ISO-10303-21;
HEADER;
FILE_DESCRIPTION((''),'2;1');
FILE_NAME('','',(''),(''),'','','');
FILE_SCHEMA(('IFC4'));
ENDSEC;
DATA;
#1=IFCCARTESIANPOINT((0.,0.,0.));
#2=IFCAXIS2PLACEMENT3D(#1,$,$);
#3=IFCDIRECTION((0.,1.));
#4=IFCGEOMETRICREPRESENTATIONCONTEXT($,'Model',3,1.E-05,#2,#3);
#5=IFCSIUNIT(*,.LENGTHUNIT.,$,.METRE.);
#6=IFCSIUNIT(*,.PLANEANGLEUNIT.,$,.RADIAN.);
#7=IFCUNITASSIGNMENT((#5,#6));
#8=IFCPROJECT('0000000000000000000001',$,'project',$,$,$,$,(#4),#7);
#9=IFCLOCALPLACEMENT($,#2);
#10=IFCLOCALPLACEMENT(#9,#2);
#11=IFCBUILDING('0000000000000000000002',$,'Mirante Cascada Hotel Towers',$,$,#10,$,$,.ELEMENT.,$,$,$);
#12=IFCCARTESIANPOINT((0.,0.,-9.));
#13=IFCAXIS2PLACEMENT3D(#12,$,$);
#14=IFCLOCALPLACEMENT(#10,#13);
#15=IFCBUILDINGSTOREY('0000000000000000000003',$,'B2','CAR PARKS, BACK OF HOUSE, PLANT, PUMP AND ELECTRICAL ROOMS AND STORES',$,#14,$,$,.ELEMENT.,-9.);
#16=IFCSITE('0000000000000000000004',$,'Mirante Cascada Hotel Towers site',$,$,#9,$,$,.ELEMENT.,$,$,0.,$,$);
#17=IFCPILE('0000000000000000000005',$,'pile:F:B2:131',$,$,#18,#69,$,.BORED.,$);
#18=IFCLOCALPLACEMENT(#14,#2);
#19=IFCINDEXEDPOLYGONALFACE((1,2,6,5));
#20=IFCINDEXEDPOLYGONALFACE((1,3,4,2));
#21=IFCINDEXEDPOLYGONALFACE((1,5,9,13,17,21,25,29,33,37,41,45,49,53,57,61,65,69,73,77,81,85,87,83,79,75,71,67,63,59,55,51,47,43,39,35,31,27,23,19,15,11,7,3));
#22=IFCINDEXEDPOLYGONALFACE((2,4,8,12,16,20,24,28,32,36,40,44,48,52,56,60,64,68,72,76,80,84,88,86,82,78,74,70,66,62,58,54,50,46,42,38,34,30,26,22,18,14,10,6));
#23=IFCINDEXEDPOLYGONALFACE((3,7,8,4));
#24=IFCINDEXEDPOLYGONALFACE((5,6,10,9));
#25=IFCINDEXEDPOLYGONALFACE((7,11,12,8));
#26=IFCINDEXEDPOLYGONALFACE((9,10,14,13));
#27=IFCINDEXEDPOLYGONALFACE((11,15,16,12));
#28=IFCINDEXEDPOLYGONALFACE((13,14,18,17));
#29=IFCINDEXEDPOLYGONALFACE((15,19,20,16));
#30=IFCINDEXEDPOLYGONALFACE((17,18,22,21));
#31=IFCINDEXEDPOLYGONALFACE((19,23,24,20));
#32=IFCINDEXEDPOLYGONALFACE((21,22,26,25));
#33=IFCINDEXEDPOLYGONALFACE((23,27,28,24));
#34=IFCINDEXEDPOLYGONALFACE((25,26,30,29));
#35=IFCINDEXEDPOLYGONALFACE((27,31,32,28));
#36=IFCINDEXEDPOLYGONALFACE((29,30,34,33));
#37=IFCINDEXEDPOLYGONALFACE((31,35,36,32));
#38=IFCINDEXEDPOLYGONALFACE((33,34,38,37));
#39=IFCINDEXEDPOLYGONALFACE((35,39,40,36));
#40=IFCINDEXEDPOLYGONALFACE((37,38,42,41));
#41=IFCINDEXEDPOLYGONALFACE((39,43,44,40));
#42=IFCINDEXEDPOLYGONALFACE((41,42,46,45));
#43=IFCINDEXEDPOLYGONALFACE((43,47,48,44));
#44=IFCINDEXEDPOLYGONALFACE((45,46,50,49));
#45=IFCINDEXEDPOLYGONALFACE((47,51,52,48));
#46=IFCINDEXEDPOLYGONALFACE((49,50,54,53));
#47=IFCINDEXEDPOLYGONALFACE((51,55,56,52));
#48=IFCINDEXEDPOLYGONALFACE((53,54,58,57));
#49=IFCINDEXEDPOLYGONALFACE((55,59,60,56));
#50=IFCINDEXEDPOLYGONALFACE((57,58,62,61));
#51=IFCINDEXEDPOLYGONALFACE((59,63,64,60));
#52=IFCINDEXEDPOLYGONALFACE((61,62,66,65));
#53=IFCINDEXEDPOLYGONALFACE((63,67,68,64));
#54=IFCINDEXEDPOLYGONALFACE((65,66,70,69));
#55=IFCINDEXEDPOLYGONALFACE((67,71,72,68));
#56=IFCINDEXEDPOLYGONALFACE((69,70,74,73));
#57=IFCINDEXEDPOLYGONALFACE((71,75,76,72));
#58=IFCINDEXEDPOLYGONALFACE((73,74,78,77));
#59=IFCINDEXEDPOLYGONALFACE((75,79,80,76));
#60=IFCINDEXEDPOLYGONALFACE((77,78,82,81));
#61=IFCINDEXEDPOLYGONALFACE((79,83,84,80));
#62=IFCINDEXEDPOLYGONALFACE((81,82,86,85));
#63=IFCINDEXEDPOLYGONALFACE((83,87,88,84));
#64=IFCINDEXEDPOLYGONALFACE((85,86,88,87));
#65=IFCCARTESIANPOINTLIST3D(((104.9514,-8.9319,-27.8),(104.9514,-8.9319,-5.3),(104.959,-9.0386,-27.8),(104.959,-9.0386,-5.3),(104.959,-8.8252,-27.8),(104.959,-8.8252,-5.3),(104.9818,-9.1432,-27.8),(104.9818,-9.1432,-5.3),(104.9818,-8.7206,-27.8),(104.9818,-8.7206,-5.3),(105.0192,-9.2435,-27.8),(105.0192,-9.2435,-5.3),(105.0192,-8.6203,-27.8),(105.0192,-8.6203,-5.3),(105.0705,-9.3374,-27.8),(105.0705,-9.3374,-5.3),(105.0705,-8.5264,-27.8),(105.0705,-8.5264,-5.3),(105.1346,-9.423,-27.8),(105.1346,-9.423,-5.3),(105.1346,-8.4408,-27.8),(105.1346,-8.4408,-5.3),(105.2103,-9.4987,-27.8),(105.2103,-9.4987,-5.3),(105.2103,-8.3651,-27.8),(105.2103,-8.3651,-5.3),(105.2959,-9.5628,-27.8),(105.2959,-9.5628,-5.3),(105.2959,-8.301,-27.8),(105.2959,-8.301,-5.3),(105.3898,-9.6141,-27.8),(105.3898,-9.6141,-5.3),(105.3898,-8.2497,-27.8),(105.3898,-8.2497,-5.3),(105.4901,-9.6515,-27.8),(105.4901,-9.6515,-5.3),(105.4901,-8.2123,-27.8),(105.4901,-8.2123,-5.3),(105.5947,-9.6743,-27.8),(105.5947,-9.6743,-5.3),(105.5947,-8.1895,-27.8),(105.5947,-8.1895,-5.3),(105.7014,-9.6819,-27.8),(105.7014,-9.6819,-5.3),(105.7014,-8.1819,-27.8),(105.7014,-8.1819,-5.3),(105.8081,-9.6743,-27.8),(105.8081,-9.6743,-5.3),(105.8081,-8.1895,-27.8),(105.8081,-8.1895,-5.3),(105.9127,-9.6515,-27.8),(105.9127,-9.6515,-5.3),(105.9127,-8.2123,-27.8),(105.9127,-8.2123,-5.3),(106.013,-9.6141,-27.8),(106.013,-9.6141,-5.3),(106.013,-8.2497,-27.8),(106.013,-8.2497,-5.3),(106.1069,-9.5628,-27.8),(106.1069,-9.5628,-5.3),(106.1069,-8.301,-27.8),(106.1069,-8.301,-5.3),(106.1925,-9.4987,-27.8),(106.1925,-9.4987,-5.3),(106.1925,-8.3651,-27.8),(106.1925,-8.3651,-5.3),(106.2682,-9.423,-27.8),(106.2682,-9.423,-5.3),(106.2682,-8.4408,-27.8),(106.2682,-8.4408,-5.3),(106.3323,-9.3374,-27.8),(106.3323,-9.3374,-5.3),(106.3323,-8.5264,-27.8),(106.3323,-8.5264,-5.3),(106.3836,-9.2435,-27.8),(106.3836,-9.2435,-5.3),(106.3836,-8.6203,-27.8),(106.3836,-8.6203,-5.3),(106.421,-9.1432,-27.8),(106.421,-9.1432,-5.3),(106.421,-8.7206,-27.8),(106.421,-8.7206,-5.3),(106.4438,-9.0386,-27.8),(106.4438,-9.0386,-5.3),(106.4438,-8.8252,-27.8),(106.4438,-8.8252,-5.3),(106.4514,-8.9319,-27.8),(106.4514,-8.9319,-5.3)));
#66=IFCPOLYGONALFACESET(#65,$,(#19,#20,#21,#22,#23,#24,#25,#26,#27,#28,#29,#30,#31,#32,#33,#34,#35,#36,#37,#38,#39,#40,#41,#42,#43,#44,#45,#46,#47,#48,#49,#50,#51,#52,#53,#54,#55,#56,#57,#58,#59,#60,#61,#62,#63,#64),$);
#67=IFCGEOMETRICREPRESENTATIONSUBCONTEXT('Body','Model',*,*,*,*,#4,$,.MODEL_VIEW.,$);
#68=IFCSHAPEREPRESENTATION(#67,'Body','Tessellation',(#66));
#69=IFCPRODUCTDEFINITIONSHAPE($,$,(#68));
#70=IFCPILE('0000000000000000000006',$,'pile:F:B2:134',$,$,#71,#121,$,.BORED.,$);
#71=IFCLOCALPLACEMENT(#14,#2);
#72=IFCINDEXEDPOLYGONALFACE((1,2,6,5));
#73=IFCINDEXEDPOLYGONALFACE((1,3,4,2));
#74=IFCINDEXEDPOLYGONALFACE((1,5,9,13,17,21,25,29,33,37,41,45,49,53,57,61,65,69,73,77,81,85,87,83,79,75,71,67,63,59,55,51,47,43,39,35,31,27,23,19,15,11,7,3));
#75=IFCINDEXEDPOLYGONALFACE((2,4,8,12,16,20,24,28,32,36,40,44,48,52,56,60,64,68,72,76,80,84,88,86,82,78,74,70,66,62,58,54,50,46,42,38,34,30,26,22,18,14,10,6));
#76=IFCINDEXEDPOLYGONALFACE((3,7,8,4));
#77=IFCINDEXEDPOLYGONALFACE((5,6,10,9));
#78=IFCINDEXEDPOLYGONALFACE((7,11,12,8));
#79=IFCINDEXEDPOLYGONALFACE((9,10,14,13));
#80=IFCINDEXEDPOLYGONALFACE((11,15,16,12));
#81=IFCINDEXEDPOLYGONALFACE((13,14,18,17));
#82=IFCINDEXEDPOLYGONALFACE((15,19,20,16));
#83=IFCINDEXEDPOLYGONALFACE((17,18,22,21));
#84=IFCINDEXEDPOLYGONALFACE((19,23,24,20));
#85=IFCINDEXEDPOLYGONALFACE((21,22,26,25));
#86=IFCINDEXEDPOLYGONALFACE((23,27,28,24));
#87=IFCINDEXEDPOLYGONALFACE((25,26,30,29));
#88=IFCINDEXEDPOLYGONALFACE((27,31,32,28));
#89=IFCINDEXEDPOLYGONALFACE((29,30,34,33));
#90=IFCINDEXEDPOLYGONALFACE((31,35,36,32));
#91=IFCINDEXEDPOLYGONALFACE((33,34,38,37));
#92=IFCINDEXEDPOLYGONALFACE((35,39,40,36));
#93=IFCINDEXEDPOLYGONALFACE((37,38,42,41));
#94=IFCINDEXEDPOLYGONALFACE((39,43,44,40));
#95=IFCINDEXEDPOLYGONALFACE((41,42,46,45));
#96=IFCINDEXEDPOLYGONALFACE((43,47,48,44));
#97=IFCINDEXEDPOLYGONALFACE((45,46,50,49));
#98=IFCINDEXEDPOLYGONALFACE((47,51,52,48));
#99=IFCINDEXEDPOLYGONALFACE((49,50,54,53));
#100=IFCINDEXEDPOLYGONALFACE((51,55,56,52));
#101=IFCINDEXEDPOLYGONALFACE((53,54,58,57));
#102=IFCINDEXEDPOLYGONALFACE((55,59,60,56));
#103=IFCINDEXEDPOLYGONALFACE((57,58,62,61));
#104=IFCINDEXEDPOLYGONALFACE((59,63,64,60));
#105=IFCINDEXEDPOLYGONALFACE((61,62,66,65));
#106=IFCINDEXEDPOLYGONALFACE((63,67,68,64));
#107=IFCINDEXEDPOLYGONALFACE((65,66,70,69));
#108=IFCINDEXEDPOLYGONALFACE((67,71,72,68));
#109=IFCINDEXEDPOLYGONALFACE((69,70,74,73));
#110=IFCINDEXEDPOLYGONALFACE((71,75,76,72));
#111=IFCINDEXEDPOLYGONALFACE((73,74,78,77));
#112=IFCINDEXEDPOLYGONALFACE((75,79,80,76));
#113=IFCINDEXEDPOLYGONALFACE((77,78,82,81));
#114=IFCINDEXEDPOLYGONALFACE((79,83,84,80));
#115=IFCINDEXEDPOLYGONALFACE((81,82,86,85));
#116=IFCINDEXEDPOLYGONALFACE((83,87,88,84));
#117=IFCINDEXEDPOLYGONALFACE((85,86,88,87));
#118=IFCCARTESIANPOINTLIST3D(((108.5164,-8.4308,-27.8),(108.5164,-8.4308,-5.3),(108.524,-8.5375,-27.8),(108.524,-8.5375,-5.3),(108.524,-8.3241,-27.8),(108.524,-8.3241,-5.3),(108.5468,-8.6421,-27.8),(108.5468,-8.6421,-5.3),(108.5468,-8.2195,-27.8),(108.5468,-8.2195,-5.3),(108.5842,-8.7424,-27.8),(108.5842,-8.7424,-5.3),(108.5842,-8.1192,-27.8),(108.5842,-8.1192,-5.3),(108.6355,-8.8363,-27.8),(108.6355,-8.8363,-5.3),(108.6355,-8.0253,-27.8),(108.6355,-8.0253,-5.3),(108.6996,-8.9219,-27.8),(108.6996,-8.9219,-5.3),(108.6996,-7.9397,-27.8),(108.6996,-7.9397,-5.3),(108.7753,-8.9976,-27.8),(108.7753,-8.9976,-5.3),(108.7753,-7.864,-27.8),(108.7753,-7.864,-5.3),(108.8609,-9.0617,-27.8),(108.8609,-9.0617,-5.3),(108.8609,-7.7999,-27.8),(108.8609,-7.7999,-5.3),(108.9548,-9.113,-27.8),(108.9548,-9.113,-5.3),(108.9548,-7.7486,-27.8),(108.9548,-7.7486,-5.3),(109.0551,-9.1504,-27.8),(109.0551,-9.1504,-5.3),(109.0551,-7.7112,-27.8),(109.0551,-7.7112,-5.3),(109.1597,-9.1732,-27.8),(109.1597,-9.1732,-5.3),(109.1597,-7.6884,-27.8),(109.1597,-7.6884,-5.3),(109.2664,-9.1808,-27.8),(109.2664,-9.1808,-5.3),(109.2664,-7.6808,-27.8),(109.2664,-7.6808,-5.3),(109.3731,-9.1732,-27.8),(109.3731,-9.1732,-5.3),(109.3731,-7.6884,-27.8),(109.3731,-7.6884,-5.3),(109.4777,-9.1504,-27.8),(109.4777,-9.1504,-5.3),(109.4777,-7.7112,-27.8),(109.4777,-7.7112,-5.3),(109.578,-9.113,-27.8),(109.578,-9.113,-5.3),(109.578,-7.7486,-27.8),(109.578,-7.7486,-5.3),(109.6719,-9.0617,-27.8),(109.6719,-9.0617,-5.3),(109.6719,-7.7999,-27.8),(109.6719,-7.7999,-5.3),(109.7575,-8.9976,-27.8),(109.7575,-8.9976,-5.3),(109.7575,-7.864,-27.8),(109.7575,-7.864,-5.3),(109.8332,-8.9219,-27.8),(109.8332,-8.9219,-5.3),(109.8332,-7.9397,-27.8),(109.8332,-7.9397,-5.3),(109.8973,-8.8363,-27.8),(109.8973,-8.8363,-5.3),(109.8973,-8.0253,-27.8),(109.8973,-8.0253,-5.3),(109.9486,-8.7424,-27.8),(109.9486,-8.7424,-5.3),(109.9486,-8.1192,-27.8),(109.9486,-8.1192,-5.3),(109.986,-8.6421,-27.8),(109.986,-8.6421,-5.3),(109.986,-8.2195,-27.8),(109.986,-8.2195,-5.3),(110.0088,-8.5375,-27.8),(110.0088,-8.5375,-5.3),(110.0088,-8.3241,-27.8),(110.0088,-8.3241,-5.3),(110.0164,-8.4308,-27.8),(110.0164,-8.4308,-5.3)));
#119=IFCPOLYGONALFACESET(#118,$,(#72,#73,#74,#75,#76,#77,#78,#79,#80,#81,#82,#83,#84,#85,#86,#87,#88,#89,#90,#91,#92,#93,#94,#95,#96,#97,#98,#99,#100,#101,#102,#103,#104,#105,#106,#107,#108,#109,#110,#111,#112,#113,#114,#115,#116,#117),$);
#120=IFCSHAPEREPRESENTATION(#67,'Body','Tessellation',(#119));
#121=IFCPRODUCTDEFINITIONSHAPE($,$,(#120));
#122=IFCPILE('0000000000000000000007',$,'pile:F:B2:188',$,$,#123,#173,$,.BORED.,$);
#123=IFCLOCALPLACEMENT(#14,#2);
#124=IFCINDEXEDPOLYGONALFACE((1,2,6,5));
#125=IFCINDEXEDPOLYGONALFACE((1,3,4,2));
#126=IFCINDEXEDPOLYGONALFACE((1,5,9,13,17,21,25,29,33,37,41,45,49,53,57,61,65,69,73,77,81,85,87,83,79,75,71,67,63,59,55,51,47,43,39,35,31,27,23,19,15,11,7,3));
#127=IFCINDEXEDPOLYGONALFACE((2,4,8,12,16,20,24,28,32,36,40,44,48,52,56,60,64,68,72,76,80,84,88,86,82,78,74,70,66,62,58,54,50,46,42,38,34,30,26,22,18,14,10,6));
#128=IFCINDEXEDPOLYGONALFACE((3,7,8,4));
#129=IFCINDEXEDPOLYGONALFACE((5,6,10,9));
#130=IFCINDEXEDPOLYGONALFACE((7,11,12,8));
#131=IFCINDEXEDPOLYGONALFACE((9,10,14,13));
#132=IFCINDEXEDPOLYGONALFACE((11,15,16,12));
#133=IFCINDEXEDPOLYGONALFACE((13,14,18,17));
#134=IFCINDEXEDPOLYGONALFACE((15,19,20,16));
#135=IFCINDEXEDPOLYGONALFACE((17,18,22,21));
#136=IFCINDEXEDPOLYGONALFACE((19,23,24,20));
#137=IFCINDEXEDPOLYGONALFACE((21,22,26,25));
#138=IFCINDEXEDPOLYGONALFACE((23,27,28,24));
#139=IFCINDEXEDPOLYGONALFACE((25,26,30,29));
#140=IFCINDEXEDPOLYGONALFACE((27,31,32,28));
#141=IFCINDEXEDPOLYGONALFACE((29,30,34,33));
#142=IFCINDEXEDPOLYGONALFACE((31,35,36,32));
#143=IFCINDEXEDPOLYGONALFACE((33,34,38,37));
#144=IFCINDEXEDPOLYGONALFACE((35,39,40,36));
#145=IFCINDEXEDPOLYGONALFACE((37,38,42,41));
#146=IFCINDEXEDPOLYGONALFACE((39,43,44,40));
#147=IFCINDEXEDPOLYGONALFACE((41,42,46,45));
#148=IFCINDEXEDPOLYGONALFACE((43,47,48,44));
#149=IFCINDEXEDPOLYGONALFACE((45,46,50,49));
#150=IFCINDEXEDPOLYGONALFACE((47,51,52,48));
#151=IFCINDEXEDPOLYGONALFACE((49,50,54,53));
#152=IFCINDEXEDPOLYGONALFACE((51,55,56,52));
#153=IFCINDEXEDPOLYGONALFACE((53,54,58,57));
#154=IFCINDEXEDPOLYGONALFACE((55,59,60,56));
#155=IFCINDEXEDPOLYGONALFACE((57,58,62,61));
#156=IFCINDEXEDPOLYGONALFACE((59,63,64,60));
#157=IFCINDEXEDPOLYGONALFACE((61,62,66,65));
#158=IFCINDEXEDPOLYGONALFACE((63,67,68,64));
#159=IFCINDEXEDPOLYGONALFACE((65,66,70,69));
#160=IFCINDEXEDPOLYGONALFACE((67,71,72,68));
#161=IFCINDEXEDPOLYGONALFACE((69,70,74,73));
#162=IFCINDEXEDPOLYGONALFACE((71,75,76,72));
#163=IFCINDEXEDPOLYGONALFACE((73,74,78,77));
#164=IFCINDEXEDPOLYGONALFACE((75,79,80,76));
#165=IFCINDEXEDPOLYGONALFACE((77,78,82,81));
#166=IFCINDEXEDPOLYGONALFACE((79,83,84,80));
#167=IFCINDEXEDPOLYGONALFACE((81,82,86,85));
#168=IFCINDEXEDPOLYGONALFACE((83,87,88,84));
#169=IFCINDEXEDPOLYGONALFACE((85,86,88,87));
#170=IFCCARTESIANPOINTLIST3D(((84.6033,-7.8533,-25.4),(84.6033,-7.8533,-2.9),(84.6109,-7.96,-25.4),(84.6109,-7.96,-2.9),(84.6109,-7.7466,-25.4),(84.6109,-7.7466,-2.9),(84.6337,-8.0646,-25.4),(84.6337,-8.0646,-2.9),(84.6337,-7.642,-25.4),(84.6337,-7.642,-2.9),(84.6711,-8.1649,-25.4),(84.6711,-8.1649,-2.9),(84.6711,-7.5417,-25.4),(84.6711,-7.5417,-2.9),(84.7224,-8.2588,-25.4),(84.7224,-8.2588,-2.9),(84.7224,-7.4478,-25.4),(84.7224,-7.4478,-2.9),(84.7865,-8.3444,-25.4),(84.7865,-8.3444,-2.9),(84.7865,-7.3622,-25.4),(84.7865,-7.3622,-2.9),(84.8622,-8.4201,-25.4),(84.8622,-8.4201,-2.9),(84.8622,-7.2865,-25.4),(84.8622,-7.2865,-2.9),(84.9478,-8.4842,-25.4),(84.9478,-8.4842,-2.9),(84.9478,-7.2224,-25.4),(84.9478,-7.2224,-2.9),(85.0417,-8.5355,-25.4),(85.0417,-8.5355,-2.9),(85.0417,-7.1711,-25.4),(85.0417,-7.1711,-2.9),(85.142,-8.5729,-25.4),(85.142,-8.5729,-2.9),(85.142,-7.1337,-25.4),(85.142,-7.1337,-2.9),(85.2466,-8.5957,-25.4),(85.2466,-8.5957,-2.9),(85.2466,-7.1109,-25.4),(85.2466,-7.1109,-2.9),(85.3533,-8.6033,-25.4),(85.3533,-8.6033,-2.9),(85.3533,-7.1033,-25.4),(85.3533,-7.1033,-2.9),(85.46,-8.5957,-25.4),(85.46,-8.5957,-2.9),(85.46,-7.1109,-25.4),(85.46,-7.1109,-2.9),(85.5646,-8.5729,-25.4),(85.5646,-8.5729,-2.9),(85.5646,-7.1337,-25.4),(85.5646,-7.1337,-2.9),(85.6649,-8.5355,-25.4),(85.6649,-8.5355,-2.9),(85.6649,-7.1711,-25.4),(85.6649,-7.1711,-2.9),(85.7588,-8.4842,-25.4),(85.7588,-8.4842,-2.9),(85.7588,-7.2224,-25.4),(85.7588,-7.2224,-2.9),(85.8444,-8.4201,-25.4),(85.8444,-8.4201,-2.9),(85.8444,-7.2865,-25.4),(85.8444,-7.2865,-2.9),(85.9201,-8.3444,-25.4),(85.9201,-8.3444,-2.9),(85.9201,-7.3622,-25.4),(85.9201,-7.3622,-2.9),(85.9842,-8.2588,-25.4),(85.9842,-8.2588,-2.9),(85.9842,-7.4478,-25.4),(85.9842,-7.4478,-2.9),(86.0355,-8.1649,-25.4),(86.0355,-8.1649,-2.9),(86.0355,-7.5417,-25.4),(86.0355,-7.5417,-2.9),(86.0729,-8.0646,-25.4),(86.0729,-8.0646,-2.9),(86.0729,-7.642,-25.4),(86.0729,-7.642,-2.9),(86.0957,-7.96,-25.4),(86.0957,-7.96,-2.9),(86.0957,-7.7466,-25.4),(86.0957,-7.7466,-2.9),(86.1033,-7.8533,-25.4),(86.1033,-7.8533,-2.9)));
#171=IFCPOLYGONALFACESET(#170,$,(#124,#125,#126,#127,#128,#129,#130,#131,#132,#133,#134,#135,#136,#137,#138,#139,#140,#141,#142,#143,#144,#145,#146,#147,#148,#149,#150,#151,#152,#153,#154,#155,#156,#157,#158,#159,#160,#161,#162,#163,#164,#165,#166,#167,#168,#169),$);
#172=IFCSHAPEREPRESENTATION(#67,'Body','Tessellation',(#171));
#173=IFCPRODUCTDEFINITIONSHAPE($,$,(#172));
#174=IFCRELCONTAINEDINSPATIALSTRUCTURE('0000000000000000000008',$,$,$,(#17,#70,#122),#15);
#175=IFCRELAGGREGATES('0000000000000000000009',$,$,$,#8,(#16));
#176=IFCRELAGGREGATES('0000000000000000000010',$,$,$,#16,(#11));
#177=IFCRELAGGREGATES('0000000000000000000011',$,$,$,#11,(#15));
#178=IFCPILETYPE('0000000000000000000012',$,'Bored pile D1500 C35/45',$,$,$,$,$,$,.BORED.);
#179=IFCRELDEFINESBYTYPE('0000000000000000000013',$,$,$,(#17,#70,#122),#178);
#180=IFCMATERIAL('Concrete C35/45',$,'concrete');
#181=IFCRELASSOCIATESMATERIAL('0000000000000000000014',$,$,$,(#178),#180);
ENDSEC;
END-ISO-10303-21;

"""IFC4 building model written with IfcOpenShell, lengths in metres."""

from ifc_helpers import new_model, si_unit, direction, frame, origin, origin_2d, place, context, subcontext, project, spatial, circle, extrude, material, material_profile, profile_set, type_object, element, save


model = new_model("IFC4")

# Units and contexts
model_context = context("Model", 3, precision=1e-05, world=origin(), true_north=direction((0.0, 1.0)))
body_context = subcontext(model_context, "Body", "Model", "MODEL_VIEW")
ifc_project = project(units=[si_unit("LENGTHUNIT", "METRE"), si_unit("PLANEANGLEUNIT", "RADIAN")], contexts=[model_context])

# Site, building, storey
site_placement = place(None, origin())
site = spatial("IfcSite", under=ifc_project, at=site_placement, Name="Mirante Cascada Hotel Towers site", CompositionType="ELEMENT", RefElevation=0.0)
building_placement = place(site_placement, origin())
building = spatial("IfcBuilding", under=site, at=building_placement, Name="Mirante Cascada Hotel Towers", CompositionType="ELEMENT")
storey_placement = place(building_placement, frame((0.0, 0.0, -9.0)))
storey = spatial("IfcBuildingStorey", under=building, at=storey_placement, Name="B2", Description="CAR PARKS, BACK OF HOUSE, PLANT, PUMP AND ELECTRICAL ROOMS AND STORES", CompositionType="ELEMENT", Elevation=-9.0)

# Piles
ifc_material_1 = material(Name="Concrete C35/45", Category="concrete")
ifc_material_profile_1 = material_profile(ifc_material_1, circle(Radius=0.75, at=origin_2d()), Name="RC D1500")
ifc_profile_set_1 = profile_set([ifc_material_profile_1], Name="Concrete C35/45")
pile_type = type_object("IfcPileType", Name="Bored pile D1500 C35/45", PredefinedType="BORED", material=ifc_profile_set_1)
for number, where, z_axis, x_axis, name in (
    (1, (105.7014, -8.9319, -5.3), (0.0, 0.0, -1.0), (1.0, 0.0, 0.0), "pile:F:B2:131"),
    (2, (109.2664, -8.4308, -5.3), (0.0, 0.0, -1.0), (1.0, 0.0, 0.0), "pile:F:B2:134"),
    (3, (85.3533, -7.8533, -2.9), (0.0, 0.0, -1.0), (1.0, 0.0, 0.0), "pile:F:B2:188"),
):
    element("IfcPile", number, at=place(storey_placement, frame(where, z_axis=z_axis, x_axis=x_axis)), inside=storey, type_object=pile_type, Name=name, PredefinedType="BORED", context=body_context, shape_type="SweptSolid", body=[
        extrude(circle(Radius=0.75, at=origin_2d()), origin(), (0.0, 0.0, 1.0), 22.5),
    ])

save(model, "model.ifc")
